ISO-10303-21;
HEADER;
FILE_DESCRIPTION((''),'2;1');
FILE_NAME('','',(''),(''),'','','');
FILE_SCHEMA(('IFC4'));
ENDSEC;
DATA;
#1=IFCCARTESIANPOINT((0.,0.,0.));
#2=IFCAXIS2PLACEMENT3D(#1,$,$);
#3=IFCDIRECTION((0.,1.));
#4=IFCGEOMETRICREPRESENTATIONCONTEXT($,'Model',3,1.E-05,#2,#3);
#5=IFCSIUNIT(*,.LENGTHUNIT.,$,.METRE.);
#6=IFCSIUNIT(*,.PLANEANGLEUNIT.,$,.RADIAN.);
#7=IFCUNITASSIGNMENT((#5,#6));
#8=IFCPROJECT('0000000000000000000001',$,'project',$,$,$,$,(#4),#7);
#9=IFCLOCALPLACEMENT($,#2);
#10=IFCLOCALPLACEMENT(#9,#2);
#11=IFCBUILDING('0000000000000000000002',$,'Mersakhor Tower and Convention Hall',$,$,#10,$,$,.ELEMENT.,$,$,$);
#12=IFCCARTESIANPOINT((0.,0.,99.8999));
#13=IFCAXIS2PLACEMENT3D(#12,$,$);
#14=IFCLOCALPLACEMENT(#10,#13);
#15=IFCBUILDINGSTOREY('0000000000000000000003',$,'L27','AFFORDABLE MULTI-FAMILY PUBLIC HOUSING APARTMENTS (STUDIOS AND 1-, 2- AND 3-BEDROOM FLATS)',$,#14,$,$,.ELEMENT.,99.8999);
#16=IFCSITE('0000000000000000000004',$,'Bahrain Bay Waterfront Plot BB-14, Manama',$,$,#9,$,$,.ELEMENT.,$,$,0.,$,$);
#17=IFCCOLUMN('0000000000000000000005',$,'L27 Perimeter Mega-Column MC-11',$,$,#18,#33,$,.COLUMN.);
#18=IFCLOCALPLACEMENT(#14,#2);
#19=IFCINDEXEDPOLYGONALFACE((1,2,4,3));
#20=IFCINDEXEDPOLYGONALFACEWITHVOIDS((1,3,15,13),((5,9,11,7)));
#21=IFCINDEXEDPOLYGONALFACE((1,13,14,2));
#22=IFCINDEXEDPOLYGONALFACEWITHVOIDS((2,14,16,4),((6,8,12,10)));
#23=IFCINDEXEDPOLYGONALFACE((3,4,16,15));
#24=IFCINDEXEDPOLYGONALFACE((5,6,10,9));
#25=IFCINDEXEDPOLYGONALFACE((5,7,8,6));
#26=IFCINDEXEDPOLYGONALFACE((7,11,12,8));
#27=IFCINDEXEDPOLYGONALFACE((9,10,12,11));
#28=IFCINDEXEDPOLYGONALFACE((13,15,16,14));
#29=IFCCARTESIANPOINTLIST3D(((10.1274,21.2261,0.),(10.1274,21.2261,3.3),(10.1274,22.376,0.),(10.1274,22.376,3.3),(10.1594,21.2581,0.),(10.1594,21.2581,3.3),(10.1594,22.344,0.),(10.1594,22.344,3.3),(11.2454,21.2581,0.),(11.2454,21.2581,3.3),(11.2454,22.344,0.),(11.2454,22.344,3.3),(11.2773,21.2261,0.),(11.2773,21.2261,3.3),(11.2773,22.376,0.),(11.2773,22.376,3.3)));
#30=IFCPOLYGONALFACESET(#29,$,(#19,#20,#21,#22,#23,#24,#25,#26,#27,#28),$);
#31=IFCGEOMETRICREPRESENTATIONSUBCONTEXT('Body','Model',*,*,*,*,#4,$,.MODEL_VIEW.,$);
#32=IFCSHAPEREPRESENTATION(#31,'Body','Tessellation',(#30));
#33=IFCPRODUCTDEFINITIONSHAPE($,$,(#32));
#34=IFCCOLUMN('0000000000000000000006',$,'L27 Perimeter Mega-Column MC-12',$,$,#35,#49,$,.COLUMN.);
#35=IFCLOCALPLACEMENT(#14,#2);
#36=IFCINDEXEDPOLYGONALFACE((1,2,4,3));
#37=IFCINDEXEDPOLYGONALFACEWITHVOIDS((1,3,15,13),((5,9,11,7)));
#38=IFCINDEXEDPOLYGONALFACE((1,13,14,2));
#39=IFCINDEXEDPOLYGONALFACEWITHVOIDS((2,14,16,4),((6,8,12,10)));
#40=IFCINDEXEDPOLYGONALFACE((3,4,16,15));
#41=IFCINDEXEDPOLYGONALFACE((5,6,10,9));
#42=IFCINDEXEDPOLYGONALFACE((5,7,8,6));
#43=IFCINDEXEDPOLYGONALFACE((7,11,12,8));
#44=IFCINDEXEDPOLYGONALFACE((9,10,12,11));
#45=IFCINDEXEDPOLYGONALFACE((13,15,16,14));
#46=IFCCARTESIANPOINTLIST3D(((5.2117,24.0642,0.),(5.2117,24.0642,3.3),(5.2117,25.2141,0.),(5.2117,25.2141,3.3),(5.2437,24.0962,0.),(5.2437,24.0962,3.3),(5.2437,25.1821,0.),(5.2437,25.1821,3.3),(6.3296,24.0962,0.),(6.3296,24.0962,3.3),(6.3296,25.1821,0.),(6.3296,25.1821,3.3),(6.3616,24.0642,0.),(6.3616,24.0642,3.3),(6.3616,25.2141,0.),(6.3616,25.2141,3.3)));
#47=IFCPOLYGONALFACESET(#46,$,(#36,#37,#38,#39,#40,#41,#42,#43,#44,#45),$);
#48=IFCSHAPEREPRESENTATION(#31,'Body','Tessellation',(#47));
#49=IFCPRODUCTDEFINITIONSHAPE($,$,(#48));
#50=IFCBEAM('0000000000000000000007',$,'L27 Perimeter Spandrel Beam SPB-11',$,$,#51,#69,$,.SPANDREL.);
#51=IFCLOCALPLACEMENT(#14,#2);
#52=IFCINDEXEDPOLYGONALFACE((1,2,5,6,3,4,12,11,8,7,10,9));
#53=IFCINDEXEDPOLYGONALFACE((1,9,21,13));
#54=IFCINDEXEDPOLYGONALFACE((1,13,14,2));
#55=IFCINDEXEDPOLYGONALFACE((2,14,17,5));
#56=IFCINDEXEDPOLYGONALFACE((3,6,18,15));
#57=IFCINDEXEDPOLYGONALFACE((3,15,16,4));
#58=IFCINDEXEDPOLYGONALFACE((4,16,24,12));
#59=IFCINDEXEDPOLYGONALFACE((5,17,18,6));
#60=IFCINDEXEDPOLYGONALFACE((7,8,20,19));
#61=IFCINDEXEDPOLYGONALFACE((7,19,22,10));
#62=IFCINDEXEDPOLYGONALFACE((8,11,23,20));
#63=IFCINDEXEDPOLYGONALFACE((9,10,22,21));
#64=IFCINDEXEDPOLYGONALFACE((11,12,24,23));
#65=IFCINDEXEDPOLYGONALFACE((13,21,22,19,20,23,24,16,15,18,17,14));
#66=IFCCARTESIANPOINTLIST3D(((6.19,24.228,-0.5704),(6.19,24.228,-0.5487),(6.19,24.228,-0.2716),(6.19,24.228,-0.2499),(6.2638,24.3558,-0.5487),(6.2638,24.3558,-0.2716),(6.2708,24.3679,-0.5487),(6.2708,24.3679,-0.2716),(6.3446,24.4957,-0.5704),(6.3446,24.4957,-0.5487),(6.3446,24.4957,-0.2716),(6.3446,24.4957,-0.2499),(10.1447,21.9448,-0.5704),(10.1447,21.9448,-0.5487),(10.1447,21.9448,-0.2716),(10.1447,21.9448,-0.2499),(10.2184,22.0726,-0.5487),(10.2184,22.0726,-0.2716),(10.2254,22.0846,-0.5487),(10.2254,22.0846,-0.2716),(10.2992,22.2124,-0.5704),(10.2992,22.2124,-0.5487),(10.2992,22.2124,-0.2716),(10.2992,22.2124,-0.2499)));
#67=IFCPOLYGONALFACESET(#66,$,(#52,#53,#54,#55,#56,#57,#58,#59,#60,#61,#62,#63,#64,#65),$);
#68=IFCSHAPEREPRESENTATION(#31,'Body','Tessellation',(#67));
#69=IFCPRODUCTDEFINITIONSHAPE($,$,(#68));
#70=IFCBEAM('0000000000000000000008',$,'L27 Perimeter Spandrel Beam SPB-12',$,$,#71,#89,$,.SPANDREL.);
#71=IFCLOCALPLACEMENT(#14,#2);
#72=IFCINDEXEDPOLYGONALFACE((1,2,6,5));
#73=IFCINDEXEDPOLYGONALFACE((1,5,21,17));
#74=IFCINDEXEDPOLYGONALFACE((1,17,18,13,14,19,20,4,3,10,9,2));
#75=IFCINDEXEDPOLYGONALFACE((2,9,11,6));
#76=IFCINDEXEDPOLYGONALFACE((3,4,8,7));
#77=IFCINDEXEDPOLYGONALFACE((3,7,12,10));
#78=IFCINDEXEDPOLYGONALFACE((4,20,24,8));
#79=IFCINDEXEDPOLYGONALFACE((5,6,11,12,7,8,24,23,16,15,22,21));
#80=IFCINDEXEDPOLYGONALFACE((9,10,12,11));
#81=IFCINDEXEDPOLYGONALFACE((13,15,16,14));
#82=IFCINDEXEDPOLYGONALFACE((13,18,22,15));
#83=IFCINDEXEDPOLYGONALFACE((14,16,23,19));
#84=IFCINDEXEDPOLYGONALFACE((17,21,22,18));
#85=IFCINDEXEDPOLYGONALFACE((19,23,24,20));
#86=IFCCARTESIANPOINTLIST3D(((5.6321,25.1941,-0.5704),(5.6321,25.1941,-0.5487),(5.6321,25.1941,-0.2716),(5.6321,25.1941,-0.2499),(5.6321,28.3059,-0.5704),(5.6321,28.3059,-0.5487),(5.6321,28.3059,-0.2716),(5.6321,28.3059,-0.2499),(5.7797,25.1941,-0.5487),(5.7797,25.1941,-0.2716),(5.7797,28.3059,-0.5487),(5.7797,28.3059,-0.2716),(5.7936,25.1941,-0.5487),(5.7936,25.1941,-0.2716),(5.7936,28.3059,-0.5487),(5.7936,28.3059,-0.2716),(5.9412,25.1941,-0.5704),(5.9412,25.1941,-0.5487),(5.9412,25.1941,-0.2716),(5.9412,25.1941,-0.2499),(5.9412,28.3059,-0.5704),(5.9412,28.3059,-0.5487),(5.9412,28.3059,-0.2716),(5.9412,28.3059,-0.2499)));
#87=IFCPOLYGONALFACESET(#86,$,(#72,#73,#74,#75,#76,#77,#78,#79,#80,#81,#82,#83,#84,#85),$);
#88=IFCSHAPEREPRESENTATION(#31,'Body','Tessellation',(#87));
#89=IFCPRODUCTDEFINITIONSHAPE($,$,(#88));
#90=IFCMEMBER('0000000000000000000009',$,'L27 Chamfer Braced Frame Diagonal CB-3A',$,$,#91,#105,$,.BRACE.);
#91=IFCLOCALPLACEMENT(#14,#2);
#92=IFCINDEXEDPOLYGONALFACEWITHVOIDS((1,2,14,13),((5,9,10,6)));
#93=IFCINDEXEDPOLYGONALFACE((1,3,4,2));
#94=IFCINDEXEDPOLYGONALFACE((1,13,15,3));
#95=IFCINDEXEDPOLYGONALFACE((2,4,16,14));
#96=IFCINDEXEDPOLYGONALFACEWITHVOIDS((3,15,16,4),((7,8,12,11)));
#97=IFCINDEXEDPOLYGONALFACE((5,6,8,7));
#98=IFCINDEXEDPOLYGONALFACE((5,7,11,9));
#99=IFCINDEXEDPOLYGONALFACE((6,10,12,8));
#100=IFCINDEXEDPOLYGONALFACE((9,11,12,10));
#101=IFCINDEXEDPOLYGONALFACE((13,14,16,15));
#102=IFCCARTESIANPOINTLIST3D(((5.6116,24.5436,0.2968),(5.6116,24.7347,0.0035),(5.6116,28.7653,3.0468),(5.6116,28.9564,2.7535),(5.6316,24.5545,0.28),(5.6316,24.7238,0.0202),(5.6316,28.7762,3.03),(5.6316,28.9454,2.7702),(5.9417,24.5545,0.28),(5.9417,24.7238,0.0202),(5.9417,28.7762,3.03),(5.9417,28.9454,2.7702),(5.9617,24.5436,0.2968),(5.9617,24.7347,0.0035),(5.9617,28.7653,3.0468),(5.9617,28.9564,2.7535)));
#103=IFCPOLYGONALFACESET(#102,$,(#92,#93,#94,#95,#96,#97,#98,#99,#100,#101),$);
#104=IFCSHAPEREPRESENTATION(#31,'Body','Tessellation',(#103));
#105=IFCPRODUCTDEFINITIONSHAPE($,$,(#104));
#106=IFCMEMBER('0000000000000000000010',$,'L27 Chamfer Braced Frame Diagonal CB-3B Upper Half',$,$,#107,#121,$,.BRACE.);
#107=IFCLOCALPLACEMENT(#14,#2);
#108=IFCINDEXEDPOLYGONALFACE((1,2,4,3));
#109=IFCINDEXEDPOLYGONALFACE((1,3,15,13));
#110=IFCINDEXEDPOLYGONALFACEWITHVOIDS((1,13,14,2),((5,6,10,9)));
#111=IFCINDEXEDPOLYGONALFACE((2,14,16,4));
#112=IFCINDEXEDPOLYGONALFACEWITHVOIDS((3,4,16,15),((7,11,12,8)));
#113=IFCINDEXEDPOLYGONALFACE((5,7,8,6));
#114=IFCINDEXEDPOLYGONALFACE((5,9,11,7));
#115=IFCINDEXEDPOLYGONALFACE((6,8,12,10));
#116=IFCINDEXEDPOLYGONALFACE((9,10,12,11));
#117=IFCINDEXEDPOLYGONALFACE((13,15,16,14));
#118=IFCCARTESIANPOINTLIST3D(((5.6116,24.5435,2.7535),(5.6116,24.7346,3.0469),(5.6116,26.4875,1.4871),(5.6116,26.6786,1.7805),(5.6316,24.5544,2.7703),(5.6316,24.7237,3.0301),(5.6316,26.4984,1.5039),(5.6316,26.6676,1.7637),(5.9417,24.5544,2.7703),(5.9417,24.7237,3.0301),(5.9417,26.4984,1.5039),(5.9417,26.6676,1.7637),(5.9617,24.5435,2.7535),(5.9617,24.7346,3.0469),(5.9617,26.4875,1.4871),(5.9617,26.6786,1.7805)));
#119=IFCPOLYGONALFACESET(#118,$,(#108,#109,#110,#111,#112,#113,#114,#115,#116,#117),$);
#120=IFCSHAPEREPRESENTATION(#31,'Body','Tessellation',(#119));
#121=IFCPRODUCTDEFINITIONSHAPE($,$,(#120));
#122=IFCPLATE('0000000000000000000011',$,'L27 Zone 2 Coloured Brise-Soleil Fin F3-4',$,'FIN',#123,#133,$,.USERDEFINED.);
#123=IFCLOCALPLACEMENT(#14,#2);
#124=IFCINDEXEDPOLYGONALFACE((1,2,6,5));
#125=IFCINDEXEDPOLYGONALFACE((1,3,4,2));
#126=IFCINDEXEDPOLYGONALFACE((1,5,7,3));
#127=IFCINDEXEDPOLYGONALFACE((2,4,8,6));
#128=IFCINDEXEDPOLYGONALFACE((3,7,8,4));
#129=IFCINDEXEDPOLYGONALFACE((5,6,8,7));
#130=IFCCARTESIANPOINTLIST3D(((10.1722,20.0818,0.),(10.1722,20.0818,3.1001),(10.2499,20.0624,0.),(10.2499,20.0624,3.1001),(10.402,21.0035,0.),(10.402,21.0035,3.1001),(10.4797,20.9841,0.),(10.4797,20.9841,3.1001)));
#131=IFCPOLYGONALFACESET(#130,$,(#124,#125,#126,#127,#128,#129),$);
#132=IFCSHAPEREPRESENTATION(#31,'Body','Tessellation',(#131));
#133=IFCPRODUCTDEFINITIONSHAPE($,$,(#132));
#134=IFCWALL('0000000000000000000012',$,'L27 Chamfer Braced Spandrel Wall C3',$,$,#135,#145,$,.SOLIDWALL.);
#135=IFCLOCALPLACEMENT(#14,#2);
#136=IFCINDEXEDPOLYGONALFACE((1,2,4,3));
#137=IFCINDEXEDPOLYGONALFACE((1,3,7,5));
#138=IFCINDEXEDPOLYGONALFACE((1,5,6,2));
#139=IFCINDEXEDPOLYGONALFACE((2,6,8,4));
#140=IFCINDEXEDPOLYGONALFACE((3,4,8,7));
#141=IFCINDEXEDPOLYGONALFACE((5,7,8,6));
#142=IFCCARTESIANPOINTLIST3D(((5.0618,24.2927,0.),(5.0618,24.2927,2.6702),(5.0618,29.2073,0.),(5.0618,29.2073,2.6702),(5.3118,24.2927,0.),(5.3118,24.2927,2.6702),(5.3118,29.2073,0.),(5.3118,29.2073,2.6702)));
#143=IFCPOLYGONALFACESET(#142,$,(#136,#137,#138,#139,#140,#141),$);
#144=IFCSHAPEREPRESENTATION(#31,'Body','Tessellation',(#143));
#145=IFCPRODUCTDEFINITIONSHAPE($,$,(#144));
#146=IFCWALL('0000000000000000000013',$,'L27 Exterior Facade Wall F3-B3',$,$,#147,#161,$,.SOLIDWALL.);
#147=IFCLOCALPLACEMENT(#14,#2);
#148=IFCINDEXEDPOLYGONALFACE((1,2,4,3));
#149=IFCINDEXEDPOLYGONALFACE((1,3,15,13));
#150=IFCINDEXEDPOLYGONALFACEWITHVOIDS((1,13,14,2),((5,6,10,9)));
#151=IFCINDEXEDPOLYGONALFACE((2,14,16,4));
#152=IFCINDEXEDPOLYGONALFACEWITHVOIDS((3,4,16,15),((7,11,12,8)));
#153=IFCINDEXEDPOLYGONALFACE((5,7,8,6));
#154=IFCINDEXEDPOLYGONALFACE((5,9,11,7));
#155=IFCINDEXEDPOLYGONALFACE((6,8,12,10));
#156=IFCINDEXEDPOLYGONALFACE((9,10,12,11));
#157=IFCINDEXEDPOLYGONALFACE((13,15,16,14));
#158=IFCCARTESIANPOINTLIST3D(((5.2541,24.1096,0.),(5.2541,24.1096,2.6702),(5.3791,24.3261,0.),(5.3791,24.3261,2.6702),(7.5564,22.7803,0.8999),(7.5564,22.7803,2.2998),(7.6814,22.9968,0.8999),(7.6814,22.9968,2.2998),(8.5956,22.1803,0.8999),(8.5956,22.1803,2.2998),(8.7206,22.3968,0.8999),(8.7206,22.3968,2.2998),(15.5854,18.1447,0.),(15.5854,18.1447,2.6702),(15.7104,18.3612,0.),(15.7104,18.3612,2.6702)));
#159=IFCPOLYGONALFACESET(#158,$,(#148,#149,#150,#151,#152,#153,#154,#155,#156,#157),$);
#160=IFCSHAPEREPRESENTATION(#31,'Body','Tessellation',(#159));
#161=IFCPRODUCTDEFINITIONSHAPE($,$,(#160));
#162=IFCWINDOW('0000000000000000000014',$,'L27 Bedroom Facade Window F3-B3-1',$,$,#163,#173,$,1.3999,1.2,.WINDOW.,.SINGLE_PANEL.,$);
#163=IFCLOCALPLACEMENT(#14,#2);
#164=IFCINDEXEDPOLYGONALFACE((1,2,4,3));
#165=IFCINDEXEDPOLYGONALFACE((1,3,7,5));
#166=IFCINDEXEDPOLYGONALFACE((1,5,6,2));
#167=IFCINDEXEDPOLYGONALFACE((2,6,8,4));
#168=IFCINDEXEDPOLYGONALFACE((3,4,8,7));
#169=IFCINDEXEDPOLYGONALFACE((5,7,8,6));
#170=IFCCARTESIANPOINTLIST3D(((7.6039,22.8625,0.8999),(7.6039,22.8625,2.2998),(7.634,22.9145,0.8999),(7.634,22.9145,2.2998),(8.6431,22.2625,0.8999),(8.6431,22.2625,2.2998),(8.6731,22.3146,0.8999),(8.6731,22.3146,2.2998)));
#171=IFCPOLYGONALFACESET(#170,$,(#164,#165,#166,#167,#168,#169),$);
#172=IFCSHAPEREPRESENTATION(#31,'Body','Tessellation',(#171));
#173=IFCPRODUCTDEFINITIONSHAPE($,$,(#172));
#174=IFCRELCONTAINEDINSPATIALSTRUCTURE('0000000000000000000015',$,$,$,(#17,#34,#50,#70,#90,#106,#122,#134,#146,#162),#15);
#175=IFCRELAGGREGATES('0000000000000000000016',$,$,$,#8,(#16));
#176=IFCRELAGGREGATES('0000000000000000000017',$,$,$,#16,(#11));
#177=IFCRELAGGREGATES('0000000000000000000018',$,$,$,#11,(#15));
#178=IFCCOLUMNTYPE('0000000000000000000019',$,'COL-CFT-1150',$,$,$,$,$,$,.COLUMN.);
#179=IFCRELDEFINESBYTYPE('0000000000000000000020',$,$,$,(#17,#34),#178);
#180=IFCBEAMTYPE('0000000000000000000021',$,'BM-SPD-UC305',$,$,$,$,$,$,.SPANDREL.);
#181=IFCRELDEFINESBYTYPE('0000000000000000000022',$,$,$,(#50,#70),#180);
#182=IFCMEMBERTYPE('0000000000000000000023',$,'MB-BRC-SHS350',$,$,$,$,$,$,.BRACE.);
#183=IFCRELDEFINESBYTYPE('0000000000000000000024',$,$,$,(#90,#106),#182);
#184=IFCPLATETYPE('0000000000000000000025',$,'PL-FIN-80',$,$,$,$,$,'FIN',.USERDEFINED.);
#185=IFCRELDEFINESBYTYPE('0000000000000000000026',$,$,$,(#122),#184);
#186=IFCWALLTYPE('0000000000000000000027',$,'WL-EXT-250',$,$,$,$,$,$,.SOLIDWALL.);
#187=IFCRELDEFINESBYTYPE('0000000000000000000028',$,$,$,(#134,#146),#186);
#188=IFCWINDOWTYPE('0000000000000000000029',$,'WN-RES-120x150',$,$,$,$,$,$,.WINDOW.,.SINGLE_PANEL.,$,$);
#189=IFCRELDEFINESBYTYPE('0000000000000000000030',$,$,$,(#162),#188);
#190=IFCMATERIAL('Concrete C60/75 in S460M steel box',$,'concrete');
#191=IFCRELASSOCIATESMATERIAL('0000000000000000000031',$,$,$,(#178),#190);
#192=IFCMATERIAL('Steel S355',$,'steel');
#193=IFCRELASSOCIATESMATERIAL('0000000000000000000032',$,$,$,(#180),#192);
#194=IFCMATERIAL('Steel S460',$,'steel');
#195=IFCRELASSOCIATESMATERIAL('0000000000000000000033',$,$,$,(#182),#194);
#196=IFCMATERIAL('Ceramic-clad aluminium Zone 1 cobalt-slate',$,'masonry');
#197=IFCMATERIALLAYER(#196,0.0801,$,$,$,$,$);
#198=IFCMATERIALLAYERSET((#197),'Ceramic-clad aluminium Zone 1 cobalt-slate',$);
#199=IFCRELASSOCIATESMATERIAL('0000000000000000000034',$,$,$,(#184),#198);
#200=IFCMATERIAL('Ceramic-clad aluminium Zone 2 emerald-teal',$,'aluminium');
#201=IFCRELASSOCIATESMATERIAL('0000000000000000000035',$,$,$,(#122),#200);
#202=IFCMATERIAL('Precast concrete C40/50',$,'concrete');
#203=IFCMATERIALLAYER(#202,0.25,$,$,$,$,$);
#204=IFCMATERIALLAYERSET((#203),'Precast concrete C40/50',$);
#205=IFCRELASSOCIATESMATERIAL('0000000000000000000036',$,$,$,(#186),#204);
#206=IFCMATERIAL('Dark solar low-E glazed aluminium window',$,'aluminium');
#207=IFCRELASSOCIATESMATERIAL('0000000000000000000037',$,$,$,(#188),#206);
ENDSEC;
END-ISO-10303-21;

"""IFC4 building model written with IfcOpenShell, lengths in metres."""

from ifc_helpers import new_model, si_unit, direction, frame, frame_2d, origin, origin_2d, place, context, subcontext, project, spatial, rectangle, hollow_rectangle, i_section, extrude, material, layer, layer_set, material_profile, profile_set, type_object, element, fill, save


model = new_model("IFC4")

# Units and contexts
model_context = context("Model", 3, precision=1e-05, world=origin(), true_north=direction((0.0, 1.0)))
body_context = subcontext(model_context, "Body", "Model", "MODEL_VIEW")
ifc_project = project(units=[si_unit("LENGTHUNIT", "METRE"), si_unit("PLANEANGLEUNIT", "RADIAN")], contexts=[model_context])

# Site, building, storey
site_placement = place(None, origin())
site = spatial("IfcSite", under=ifc_project, at=site_placement, Name="Bahrain Bay Waterfront Plot BB-14, Manama", CompositionType="ELEMENT", RefElevation=0.0)
building_placement = place(site_placement, origin())
building = spatial("IfcBuilding", under=site, at=building_placement, Name="Mersakhor Tower and Convention Hall", CompositionType="ELEMENT")
storey_placement = place(building_placement, frame((0.0, 0.0, 99.8999)))
storey = spatial("IfcBuildingStorey", under=building, at=storey_placement, Name="L27", Description="AFFORDABLE MULTI-FAMILY PUBLIC HOUSING APARTMENTS (STUDIOS AND 1-, 2- AND 3-BEDROOM FLATS)", CompositionType="ELEMENT", Elevation=99.8999)

# Columns
ifc_material_1 = material(Name="Concrete C60/75 in S460M steel box", Category="concrete")
ifc_material_profile_1 = material_profile(ifc_material_1, hollow_rectangle(XDim=1.1499, YDim=1.1499, WallThickness=0.032, at=origin_2d()), Name="SHS 1150x1150x32")
ifc_profile_set_1 = profile_set([ifc_material_profile_1], Name="Concrete C60/75 in S460M steel box")
column_type = type_object("IfcColumnType", Name="COL-CFT-1150", PredefinedType="COLUMN", material=ifc_profile_set_1)
for number, where, z_axis, x_axis, name in (
    (1, (10.7024, 21.801, 0.0), (0.0, 0.0, 1.0), (1.0, 0.0, 0.0), "L27 Perimeter Mega-Column MC-11"),
    (2, (5.7866, 24.6392, 0.0), (0.0, 0.0, 1.0), (1.0, 0.0, 0.0), "L27 Perimeter Mega-Column MC-12"),
):
    element("IfcColumn", number, at=place(storey_placement, frame(where, z_axis=z_axis, x_axis=x_axis)), inside=storey, type_object=column_type, Name=name, PredefinedType="COLUMN", context=body_context, shape_type="SweptSolid", body=[
        extrude(hollow_rectangle(XDim=1.1499, YDim=1.1499, WallThickness=0.032, at=origin_2d()), origin(), (0.0, 0.0, 1.0), 3.3),
    ])

# Beams
ifc_material_2 = material(Name="Steel S355", Category="steel")
ifc_material_profile_2 = material_profile(ifc_material_2, i_section(OverallWidth=0.3091, OverallDepth=0.3206, WebThickness=0.0139, FlangeThickness=0.0217, at=origin_2d()), Name="UC 305x305x137")
ifc_profile_set_2 = profile_set([ifc_material_profile_2], Name="Steel S355")
beam_type = type_object("IfcBeamType", Name="BM-SPD-UC305", PredefinedType="SPANDREL", material=ifc_profile_set_2)
beam_1_placement = place(storey_placement, frame((10.2219, 22.0786, -0.4102), z_axis=(-0.866024, 0.500003, 0.0), x_axis=(-0.500003, -0.866024, 0.0)))
element("IfcBeam", 3, at=beam_1_placement, inside=storey, type_object=beam_type, Name="L27 Perimeter Spandrel Beam SPB-11", PredefinedType="SPANDREL", context=body_context, shape_type="SweptSolid", body=[
    extrude(i_section(OverallWidth=0.3091, OverallDepth=0.3206, WebThickness=0.0139, FlangeThickness=0.0217, at=origin_2d()), origin(), (0.0, 0.0, 1.0), 4.5664),
])
beam_2_placement = place(storey_placement, frame((5.7866, 25.1941, -0.4102), z_axis=(0.0, 1.0, 0.0), x_axis=(-1.0, 0.0, 0.0)))
element("IfcBeam", 4, at=beam_2_placement, inside=storey, type_object=beam_type, Name="L27 Perimeter Spandrel Beam SPB-12", PredefinedType="SPANDREL", context=body_context, shape_type="SweptSolid", body=[
    extrude(i_section(OverallWidth=0.3091, OverallDepth=0.3206, WebThickness=0.0139, FlangeThickness=0.0217, at=origin_2d()), origin(), (0.0, 0.0, 1.0), 3.1118),
])

# Members
ifc_material_3 = material(Name="Steel S460", Category="steel")
ifc_material_profile_3 = material_profile(ifc_material_3, hollow_rectangle(XDim=0.3501, YDim=0.3501, WallThickness=0.02, at=origin_2d()), Name="SHS 350x350x20")
ifc_profile_set_3 = profile_set([ifc_material_profile_3], Name="Steel S460")
member_type = type_object("IfcMemberType", Name="MB-BRC-SHS350", PredefinedType="BRACE", material=ifc_profile_set_3)
member_1_placement = place(storey_placement, frame((5.7866, 24.6392, 0.1501), z_axis=(0.0, 0.837907, 0.545812), x_axis=(-1.0, 0.0, 0.0)))
element("IfcMember", 5, at=member_1_placement, inside=storey, type_object=member_type, Name="L27 Chamfer Braced Frame Diagonal CB-3A", PredefinedType="BRACE", context=body_context, shape_type="SweptSolid", body=[
    extrude(hollow_rectangle(XDim=0.3501, YDim=0.3501, WallThickness=0.02, at=origin_2d()), origin(), (0.0, 0.0, 1.0), 5.0383),
])
member_2_placement = place(storey_placement, frame((5.7866, 26.583, 1.6338), z_axis=(0.0, -0.837881, 0.545854), x_axis=(1.0, 0.0, 0.0)))
element("IfcMember", 6, at=member_2_placement, inside=storey, type_object=member_type, Name="L27 Chamfer Braced Frame Diagonal CB-3B Upper Half", PredefinedType="BRACE", context=body_context, shape_type="SweptSolid", body=[
    extrude(hollow_rectangle(XDim=0.3501, YDim=0.3501, WallThickness=0.02, at=origin_2d()), origin(), (0.0, 0.0, 1.0), 2.3201),
])

# Plate
ifc_material_4 = material(Name="Ceramic-clad aluminium Zone 2 emerald-teal", Category="aluminium")
ifc_material_5 = material(Name="Ceramic-clad aluminium Zone 1 cobalt-slate", Category="masonry")
ifc_layer_1 = layer(ifc_material_5, 0.0801)
ifc_layer_set_1 = layer_set([ifc_layer_1], Name="Ceramic-clad aluminium Zone 1 cobalt-slate")
plate_type = type_object("IfcPlateType", Name="PL-FIN-80", ElementType="FIN", PredefinedType="USERDEFINED", material=ifc_layer_set_1)
plate_placement = place(storey_placement, frame((10.3259, 20.533, 0.0), z_axis=(0.0, 0.0, 1.0), x_axis=(-0.241922, -0.970296, 0.0)))
element("IfcPlate", 7, at=plate_placement, inside=storey, type_object=plate_type, material=ifc_material_4, Name="L27 Zone 2 Coloured Brise-Soleil Fin F3-4", ObjectType="FIN", PredefinedType="USERDEFINED", context=body_context, shape_type="SweptSolid", body=[
    extrude(rectangle(XDim=0.95, YDim=0.0801, at=origin_2d()), origin(), (0.0, 0.0, 1.0), 3.1001),
])

# Wall
ifc_material_6 = material(Name="Precast concrete C40/50", Category="concrete")
ifc_layer_2 = layer(ifc_material_6, 0.25)
ifc_layer_set_2 = layer_set([ifc_layer_2], Name="Precast concrete C40/50")
wall_type_1 = type_object("IfcWallType", Name="WL-EXT-250", PredefinedType="SOLIDWALL", material=ifc_layer_set_2)
wall_1_placement = place(storey_placement, frame((5.1868, 24.2927, 0.0), z_axis=(0.0, 0.0, 1.0), x_axis=(0.0, 1.0, 0.0)))
element("IfcWall", 8, at=wall_1_placement, inside=storey, type_object=wall_type_1, Name="L27 Chamfer Braced Spandrel Wall C3", PredefinedType="SOLIDWALL", context=body_context, shape_type="SweptSolid", body=[
    extrude(rectangle(XDim=4.9146, YDim=0.25, at=frame_2d((2.4573, 0.0))), origin(), (0.0, 0.0, 1.0), 2.6702),
])

# Wall, opening, window
wall_2_placement = place(storey_placement, frame((15.6479, 18.2529, 0.0), z_axis=(0.0, 0.0, 1.0), x_axis=(-0.866023, 0.500004, 0.0)))
wall_2 = element("IfcWall", 9, at=wall_2_placement, inside=storey, type_object=wall_type_1, Name="L27 Exterior Facade Wall F3-B3", PredefinedType="SOLIDWALL", context=body_context, shape_type="SweptSolid", body=[
    extrude(rectangle(XDim=11.9297, YDim=0.25, at=frame_2d((5.9648, 0.0))), origin(), (0.0, 0.0, 1.0), 2.6702),
])
opening_1_placement = place(wall_2_placement, frame((8.071, 0.0, 0.8999)))
opening_1 = element("IfcOpeningElement", 10, at=opening_1_placement, cuts=wall_2, PredefinedType="OPENING", context=body_context, shape_type="SweptSolid", body=[
    extrude(rectangle(XDim=1.2, YDim=1.3999, at=frame_2d((0.6001, 0.7))), frame((0.0, 0.135, 0.0), z_axis=(0.0, -1.0, 0.0), x_axis=(1.0, 0.0, 0.0)), (0.0, 0.0, 1.0), 0.27),
])
ifc_material_7 = material(Name="Dark solar low-E glazed aluminium window", Category="aluminium")
window_type = type_object("IfcWindowType", Name="WN-RES-120x150", PartitioningType="SINGLE_PANEL", PredefinedType="WINDOW", material=ifc_material_7)
window_placement = place(opening_1_placement, origin())
window = element("IfcWindow", 11, at=window_placement, inside=storey, type_object=window_type, Name="L27 Bedroom Facade Window F3-B3-1", OverallHeight=1.3999, OverallWidth=1.2, PartitioningType="SINGLE_PANEL", PredefinedType="WINDOW", context=body_context, shape_type="SweptSolid", body=[
    extrude(rectangle(XDim=1.2, YDim=1.3999, at=frame_2d((0.6001, 0.7))), frame((0.0, 0.03, 0.0), z_axis=(0.0, -1.0, 0.0), x_axis=(1.0, 0.0, 0.0)), (0.0, 0.0, 1.0), 0.0601),
])
fill(opening_1, window)

save(model, "model.ifc")
